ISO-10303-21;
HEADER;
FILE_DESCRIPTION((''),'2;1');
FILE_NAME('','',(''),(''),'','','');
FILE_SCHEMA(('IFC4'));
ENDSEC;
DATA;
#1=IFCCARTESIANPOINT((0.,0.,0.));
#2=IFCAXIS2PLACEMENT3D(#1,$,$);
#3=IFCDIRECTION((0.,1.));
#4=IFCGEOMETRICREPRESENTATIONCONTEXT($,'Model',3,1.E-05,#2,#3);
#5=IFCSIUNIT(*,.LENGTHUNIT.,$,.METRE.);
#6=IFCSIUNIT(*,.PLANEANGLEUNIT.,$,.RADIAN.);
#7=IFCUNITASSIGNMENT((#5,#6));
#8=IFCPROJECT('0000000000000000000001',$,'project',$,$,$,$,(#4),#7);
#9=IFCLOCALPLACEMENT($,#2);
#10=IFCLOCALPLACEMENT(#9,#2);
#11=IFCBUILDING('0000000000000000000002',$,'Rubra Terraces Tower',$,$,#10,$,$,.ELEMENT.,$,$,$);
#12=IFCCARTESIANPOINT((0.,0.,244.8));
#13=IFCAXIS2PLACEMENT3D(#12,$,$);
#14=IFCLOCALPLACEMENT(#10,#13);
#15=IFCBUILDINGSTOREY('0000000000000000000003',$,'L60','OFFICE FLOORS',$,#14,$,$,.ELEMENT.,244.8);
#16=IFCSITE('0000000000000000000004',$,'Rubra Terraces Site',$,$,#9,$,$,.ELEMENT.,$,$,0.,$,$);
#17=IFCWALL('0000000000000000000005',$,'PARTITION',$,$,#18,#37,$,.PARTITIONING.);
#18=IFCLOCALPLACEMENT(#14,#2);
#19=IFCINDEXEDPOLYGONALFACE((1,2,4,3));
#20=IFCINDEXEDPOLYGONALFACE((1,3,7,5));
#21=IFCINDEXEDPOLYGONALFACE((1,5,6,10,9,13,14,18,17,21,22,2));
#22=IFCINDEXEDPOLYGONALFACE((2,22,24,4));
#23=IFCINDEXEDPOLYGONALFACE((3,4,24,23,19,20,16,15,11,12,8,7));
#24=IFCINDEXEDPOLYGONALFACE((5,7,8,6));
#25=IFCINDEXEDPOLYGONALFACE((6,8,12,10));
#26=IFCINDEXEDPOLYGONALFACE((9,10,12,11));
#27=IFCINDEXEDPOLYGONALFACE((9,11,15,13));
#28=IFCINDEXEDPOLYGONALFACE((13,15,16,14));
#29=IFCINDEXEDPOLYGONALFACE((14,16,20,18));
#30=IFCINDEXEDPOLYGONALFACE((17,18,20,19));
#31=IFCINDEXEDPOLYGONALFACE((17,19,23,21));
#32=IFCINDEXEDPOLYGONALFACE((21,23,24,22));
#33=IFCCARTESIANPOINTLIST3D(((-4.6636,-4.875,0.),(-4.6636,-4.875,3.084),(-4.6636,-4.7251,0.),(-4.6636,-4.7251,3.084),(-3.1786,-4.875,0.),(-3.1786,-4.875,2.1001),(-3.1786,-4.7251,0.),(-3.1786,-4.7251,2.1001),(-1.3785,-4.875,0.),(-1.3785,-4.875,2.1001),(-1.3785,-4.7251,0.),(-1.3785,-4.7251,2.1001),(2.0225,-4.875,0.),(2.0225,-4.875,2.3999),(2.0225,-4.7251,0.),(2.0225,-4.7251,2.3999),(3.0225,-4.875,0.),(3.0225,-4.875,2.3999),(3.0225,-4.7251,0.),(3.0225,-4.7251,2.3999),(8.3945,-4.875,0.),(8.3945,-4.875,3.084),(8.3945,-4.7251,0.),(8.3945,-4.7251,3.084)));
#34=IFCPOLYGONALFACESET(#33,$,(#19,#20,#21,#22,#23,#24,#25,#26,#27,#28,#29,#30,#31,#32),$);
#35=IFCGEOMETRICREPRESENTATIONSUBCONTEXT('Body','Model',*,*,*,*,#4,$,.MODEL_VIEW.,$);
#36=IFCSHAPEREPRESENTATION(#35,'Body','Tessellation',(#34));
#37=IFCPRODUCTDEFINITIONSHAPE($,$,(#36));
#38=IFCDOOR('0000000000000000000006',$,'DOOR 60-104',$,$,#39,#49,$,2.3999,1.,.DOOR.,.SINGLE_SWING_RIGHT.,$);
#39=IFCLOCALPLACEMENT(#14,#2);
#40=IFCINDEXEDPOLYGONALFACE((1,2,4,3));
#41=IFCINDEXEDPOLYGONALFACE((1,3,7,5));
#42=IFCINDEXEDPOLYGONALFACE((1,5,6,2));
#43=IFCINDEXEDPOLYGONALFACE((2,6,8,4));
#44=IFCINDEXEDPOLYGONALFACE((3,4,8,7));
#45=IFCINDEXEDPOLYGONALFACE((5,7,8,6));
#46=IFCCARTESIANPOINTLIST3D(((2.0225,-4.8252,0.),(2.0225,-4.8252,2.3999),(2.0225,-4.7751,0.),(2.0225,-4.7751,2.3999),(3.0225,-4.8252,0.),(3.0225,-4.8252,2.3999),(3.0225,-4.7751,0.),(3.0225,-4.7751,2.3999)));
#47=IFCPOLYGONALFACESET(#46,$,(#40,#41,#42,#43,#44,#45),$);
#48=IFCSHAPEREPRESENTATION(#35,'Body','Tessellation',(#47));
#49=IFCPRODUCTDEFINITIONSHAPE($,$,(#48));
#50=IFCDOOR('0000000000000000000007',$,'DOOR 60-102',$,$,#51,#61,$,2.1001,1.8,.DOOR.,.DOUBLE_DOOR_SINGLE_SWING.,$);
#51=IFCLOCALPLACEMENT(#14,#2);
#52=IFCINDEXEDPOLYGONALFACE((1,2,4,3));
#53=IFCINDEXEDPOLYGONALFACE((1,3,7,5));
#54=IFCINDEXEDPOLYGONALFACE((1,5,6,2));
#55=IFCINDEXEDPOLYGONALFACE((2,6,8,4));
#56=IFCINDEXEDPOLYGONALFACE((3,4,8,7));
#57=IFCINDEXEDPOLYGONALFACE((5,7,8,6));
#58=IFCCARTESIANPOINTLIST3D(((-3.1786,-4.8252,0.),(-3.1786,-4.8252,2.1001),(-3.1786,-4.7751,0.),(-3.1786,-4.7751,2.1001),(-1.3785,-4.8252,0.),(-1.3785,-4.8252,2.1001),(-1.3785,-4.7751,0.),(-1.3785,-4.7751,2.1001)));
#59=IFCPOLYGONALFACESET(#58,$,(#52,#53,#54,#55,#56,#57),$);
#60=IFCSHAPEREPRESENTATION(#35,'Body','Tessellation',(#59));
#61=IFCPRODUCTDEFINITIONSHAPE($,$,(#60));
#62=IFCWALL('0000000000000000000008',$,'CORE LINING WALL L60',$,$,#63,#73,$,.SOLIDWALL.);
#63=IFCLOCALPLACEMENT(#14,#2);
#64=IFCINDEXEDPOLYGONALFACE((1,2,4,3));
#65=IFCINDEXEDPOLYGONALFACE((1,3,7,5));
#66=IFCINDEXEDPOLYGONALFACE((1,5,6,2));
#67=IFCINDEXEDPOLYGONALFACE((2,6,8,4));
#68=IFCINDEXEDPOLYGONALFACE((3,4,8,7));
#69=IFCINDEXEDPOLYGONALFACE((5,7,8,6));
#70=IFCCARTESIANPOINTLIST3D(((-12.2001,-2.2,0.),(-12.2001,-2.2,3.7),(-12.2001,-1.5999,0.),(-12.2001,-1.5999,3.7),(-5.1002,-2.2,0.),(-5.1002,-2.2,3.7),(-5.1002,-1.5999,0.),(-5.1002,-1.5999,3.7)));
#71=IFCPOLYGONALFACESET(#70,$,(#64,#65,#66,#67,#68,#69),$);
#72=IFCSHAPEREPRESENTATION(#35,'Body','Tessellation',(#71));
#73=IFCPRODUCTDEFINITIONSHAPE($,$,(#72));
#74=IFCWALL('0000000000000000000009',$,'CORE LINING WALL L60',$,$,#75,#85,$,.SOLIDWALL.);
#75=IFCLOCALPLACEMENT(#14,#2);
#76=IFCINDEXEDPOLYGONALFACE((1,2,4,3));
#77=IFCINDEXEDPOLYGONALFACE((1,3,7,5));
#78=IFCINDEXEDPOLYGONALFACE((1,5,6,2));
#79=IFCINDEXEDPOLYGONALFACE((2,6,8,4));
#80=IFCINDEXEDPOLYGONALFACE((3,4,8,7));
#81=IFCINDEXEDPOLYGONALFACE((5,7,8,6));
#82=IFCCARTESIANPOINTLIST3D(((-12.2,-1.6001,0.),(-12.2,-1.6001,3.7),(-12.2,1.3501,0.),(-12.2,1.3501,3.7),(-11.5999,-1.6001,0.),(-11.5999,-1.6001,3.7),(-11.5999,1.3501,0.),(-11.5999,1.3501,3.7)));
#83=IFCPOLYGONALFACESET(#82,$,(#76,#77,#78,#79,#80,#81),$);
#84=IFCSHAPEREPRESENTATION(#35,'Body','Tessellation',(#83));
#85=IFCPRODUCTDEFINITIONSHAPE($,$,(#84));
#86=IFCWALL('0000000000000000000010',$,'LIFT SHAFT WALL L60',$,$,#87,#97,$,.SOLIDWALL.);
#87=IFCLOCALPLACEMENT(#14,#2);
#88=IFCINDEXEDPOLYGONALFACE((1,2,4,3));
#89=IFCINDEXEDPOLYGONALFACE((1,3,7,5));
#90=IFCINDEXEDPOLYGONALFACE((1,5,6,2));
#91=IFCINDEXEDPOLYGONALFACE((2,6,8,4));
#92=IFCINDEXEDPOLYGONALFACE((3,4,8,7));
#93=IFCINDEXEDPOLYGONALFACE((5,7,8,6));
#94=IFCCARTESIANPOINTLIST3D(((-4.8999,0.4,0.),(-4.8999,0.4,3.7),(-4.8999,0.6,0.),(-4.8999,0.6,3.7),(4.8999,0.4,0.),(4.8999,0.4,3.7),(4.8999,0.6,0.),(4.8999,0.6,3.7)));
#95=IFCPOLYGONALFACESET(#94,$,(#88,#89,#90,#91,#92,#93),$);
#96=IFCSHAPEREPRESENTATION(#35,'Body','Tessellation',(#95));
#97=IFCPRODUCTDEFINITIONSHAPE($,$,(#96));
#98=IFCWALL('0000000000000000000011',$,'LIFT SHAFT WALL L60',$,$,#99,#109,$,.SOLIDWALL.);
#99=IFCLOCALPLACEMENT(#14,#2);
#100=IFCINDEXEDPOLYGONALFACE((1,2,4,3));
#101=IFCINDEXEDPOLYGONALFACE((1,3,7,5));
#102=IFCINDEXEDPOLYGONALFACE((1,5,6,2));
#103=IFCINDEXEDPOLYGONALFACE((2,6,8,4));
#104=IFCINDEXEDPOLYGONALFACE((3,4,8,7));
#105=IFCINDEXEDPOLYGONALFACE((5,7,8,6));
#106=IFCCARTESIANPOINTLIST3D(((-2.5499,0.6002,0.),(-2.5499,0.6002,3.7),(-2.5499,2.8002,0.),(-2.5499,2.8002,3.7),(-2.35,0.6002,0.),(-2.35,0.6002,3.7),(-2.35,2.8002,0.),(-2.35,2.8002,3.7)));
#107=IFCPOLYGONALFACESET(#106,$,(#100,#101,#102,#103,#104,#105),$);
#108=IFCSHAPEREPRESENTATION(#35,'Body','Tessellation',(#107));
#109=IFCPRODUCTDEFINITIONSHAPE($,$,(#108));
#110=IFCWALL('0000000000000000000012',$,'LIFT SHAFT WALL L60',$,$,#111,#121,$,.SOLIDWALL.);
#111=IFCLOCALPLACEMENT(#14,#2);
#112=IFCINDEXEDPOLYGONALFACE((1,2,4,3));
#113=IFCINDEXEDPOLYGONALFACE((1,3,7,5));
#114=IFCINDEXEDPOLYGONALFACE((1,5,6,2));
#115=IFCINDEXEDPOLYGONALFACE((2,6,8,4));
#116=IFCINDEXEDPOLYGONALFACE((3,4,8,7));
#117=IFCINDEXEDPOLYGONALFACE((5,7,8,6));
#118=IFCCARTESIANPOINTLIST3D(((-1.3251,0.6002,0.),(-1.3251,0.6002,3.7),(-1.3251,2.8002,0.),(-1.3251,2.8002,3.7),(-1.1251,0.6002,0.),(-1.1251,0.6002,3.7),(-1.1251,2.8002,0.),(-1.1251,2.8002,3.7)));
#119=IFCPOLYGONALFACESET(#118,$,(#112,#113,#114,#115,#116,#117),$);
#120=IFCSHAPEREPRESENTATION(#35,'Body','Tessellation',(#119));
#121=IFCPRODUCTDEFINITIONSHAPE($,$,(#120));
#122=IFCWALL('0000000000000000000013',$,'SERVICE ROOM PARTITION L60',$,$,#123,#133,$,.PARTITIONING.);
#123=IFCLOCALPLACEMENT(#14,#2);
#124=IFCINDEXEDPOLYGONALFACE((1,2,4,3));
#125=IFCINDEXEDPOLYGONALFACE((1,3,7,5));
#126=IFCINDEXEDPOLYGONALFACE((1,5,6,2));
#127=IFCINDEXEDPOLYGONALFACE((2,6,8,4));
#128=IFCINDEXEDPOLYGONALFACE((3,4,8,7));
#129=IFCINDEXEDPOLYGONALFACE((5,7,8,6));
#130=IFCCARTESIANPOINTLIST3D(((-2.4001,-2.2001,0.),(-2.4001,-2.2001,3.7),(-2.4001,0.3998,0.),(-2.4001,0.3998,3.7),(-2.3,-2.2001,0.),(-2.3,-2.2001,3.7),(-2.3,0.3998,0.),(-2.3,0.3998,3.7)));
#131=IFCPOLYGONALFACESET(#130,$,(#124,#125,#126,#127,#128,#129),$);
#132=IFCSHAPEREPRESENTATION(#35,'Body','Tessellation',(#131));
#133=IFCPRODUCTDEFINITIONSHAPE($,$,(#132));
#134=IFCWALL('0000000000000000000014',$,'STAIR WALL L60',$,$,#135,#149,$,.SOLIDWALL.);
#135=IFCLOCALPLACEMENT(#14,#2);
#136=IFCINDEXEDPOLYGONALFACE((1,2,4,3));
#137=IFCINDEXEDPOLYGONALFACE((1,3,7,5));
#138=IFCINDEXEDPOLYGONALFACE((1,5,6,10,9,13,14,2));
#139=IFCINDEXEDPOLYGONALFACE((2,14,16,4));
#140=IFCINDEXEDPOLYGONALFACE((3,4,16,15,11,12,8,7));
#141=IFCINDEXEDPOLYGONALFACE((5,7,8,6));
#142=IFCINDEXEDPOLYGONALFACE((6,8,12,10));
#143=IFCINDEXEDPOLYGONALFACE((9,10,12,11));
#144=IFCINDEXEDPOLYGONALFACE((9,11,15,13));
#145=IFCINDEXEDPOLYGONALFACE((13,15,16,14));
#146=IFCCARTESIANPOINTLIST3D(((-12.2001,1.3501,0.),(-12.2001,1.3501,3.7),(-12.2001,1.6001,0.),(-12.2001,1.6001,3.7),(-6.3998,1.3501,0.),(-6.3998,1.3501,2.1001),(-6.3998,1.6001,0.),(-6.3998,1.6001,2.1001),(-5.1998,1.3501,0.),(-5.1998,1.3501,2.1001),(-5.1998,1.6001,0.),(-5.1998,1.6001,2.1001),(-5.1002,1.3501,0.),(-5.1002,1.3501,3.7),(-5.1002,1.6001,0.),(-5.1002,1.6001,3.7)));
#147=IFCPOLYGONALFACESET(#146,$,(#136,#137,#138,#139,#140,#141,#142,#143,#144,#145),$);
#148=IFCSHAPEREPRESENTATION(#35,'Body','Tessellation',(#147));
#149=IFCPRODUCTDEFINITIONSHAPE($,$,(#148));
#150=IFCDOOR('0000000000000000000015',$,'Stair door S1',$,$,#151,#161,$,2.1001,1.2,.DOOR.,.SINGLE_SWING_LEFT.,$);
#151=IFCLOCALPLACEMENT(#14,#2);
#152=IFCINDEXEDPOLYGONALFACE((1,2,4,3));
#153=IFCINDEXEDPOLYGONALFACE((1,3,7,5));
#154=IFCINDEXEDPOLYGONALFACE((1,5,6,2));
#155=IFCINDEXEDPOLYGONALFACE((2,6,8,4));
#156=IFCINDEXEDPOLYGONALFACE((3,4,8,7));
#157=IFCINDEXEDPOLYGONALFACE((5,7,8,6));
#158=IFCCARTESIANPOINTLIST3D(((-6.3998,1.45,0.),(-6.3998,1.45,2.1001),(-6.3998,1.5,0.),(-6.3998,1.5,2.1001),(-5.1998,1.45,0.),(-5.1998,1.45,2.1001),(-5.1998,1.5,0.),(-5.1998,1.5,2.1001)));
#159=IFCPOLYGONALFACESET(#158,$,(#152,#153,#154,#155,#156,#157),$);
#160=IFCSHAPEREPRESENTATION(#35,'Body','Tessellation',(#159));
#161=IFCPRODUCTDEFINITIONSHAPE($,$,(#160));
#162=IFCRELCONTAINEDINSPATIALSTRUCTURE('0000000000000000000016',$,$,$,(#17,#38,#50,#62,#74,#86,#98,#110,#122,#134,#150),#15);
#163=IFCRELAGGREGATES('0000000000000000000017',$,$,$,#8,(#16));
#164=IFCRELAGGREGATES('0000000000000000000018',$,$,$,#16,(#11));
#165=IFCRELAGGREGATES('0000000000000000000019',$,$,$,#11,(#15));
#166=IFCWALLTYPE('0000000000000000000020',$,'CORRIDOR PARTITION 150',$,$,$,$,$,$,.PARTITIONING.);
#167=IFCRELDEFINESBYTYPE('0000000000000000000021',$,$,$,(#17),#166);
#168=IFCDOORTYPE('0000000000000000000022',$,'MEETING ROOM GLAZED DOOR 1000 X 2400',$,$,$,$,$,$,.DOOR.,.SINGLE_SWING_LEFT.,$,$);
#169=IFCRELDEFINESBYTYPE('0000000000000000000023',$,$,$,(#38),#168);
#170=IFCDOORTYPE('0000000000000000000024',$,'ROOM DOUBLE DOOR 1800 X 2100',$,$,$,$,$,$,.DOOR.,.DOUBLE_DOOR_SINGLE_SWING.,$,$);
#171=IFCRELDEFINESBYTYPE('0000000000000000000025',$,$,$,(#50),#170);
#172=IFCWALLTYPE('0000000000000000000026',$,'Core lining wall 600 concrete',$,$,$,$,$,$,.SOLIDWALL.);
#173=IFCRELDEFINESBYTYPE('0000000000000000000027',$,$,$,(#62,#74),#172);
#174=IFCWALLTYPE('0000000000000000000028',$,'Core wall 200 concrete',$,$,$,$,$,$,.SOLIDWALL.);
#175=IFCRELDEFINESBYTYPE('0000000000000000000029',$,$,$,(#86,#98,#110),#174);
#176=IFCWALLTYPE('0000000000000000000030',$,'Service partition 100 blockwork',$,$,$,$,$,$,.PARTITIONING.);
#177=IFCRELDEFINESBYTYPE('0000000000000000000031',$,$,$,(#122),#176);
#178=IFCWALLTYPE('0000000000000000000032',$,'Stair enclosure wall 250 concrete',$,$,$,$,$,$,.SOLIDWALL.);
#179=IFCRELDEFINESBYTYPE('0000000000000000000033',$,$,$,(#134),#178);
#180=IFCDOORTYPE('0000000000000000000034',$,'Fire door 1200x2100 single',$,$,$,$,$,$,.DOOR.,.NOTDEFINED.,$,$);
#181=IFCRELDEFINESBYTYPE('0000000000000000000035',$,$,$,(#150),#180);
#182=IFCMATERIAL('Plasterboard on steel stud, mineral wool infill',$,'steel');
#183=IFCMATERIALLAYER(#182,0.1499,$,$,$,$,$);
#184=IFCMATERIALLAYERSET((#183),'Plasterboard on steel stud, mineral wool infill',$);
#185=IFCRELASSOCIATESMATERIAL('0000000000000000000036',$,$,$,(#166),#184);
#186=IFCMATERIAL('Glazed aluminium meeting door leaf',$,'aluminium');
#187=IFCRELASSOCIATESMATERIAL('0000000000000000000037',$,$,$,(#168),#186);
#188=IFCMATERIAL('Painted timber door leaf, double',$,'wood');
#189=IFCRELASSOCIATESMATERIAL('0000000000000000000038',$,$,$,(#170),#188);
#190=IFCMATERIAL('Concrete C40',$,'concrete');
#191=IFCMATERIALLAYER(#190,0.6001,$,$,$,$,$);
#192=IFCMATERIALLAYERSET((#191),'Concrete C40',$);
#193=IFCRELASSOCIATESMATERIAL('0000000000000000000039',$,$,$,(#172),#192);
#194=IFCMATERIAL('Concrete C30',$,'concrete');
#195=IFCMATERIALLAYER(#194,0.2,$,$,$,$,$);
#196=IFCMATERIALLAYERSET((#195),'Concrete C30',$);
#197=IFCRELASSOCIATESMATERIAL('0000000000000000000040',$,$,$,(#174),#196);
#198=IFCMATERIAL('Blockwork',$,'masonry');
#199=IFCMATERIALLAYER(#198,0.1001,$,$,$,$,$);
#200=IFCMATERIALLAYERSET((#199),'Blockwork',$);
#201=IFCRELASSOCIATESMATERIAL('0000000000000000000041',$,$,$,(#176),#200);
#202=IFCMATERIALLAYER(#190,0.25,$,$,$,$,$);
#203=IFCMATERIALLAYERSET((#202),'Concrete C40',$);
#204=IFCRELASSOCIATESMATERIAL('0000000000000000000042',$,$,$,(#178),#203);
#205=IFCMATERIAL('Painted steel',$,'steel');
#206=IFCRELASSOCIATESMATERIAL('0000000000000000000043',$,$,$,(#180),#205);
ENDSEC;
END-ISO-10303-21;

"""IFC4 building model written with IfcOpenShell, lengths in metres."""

from ifc_helpers import new_model, si_unit, direction, frame, frame_2d, origin, place, context, subcontext, project, spatial, rectangle, extrude, material, layer, layer_set, type_object, element, fill, save


model = new_model("IFC4")

# Units and contexts
model_context = context("Model", 3, precision=1e-05, world=origin(), true_north=direction((0.0, 1.0)))
body_context = subcontext(model_context, "Body", "Model", "MODEL_VIEW")
ifc_project = project(units=[si_unit("LENGTHUNIT", "METRE"), si_unit("PLANEANGLEUNIT", "RADIAN")], contexts=[model_context])

# Site, building, storey
site_placement = place(None, origin())
site = spatial("IfcSite", under=ifc_project, at=site_placement, Name="Rubra Terraces Site", CompositionType="ELEMENT", RefElevation=0.0)
building_placement = place(site_placement, origin())
building = spatial("IfcBuilding", under=site, at=building_placement, Name="Rubra Terraces Tower", CompositionType="ELEMENT")
storey_placement = place(building_placement, frame((0.0, 0.0, 244.8)))
storey = spatial("IfcBuildingStorey", under=building, at=storey_placement, Name="L60", Description="OFFICE FLOORS", CompositionType="ELEMENT", Elevation=244.8)

# Shared definitions
ifc_material_1 = material(Name="Concrete C40", Category="concrete")

# Shared definitions
ifc_material_2 = material(Name="Painted steel", Category="steel")

# Wall, openings, doors
ifc_material_3 = material(Name="Plasterboard on steel stud, mineral wool infill", Category="steel")
ifc_layer_1 = layer(ifc_material_3, 0.1499)
ifc_layer_set_1 = layer_set([ifc_layer_1], Name="Plasterboard on steel stud, mineral wool infill")
wall_type_1 = type_object("IfcWallType", Name="CORRIDOR PARTITION 150", PredefinedType="PARTITIONING", material=ifc_layer_set_1)
wall_1_placement = place(storey_placement, frame((-4.6636, -4.8, 0.0), z_axis=(0.0, 0.0, 1.0), x_axis=(1.0, 0.0, 0.0)))
wall_1 = element("IfcWall", 1, at=wall_1_placement, inside=storey, type_object=wall_type_1, Name="PARTITION", PredefinedType="PARTITIONING", context=body_context, shape_type="SweptSolid", body=[
    extrude(rectangle(XDim=13.0581, YDim=0.1499, at=frame_2d((6.5291, 0.0))), origin(), (0.0, 0.0, 1.0), 3.084),
])
opening_1_placement = place(wall_1_placement, frame((1.4851, 0.0, 0.0)))
opening_1 = element("IfcOpeningElement", 2, at=opening_1_placement, cuts=wall_1, PredefinedType="OPENING", context=body_context, shape_type="SweptSolid", body=[
    extrude(rectangle(XDim=1.8, YDim=2.1001, at=frame_2d((0.8999, 1.05))), frame((0.0, 0.085, 0.0), z_axis=(0.0, -1.0, 0.0), x_axis=(1.0, 0.0, 0.0)), (0.0, 0.0, 1.0), 0.1699),
])
opening_2_placement = place(wall_1_placement, frame((6.686, 0.0, 0.0)))
opening_2 = element("IfcOpeningElement", 3, at=opening_2_placement, cuts=wall_1, PredefinedType="OPENING", context=body_context, shape_type="SweptSolid", body=[
    extrude(rectangle(XDim=1.0, YDim=2.3999, at=frame_2d((0.5, 1.2))), frame((0.0, 0.085, 0.0), z_axis=(0.0, -1.0, 0.0), x_axis=(1.0, 0.0, 0.0)), (0.0, 0.0, 1.0), 0.1699),
])
ifc_material_4 = material(Name="Glazed aluminium meeting door leaf", Category="aluminium")
door_type_1 = type_object("IfcDoorType", Name="MEETING ROOM GLAZED DOOR 1000 X 2400", OperationType="SINGLE_SWING_LEFT", PredefinedType="DOOR", material=ifc_material_4)
door_1_placement = place(opening_2_placement, origin())
door_1 = element("IfcDoor", 4, at=door_1_placement, inside=storey, type_object=door_type_1, Name="DOOR 60-104", OperationType="SINGLE_SWING_RIGHT", OverallHeight=2.3999, OverallWidth=1.0, PredefinedType="DOOR", context=body_context, shape_type="SweptSolid", body=[
    extrude(rectangle(XDim=1.0, YDim=2.3999, at=frame_2d((0.5, 1.2))), frame((0.0, 0.0249, 0.0), z_axis=(0.0, -1.0, 0.0), x_axis=(1.0, 0.0, 0.0)), (0.0, 0.0, 1.0), 0.05),
])
fill(opening_2, door_1)
ifc_material_5 = material(Name="Painted timber door leaf, double", Category="wood")
door_type_2 = type_object("IfcDoorType", Name="ROOM DOUBLE DOOR 1800 X 2100", OperationType="DOUBLE_DOOR_SINGLE_SWING", PredefinedType="DOOR", material=ifc_material_5)
door_2_placement = place(opening_1_placement, origin())
door_2 = element("IfcDoor", 5, at=door_2_placement, inside=storey, type_object=door_type_2, Name="DOOR 60-102", OperationType="DOUBLE_DOOR_SINGLE_SWING", OverallHeight=2.1001, OverallWidth=1.8, PredefinedType="DOOR", context=body_context, shape_type="SweptSolid", body=[
    extrude(rectangle(XDim=1.8, YDim=2.1001, at=frame_2d((0.8999, 1.05))), frame((0.0, 0.0249, 0.0), z_axis=(0.0, -1.0, 0.0), x_axis=(1.0, 0.0, 0.0)), (0.0, 0.0, 1.0), 0.05),
])
fill(opening_1, door_2)

# Walls
ifc_layer_2 = layer(ifc_material_1, 0.6001)
ifc_layer_set_2 = layer_set([ifc_layer_2], Name="Concrete C40")
wall_type_2 = type_object("IfcWallType", Name="Core lining wall 600 concrete", PredefinedType="SOLIDWALL", material=ifc_layer_set_2)
wall_2_placement = place(storey_placement, frame((-12.2, -1.8999, 0.0), z_axis=(0.0, 0.0, 1.0), x_axis=(1.0, 0.0, 0.0)))
element("IfcWall", 6, at=wall_2_placement, inside=storey, type_object=wall_type_2, Name="CORE LINING WALL L60", PredefinedType="SOLIDWALL", context=body_context, shape_type="SweptSolid", body=[
    extrude(rectangle(XDim=7.0999, YDim=0.6001, at=frame_2d((3.5498, 0.0))), origin(), (0.0, 0.0, 1.0), 3.7),
])
wall_3_placement = place(storey_placement, frame((-11.8999, -1.6001, 0.0), z_axis=(0.0, 0.0, 1.0), x_axis=(0.0, 1.0, 0.0)))
element("IfcWall", 7, at=wall_3_placement, inside=storey, type_object=wall_type_2, Name="CORE LINING WALL L60", PredefinedType="SOLIDWALL", context=body_context, shape_type="SweptSolid", body=[
    extrude(rectangle(XDim=2.9502, YDim=0.6001, at=frame_2d((1.4751, 0.0))), origin(), (0.0, 0.0, 1.0), 3.7),
])
ifc_material_6 = material(Name="Concrete C30", Category="concrete")
ifc_layer_3 = layer(ifc_material_6, 0.2)
ifc_layer_set_3 = layer_set([ifc_layer_3], Name="Concrete C30")
wall_type_3 = type_object("IfcWallType", Name="Core wall 200 concrete", PredefinedType="SOLIDWALL", material=ifc_layer_set_3)
wall_4_placement = place(storey_placement, frame((-4.8999, 0.5, 0.0), z_axis=(0.0, 0.0, 1.0), x_axis=(1.0, 0.0, 0.0)))
element("IfcWall", 8, at=wall_4_placement, inside=storey, type_object=wall_type_3, Name="LIFT SHAFT WALL L60", PredefinedType="SOLIDWALL", context=body_context, shape_type="SweptSolid", body=[
    extrude(rectangle(XDim=9.7998, YDim=0.2, at=frame_2d((4.8999, 0.0))), origin(), (0.0, 0.0, 1.0), 3.7),
])
for number, where, z_axis, x_axis, name in (
    (9, (-2.45, 0.6001, 0.0), (0.0, 0.0, 1.0), (0.0, 1.0, 0.0), "LIFT SHAFT WALL L60"),
    (10, (-1.2251, 0.6001, 0.0), (0.0, 0.0, 1.0), (0.0, 1.0, 0.0), "LIFT SHAFT WALL L60"),
):
    element("IfcWall", number, at=place(storey_placement, frame(where, z_axis=z_axis, x_axis=x_axis)), inside=storey, type_object=wall_type_3, Name=name, PredefinedType="SOLIDWALL", context=body_context, shape_type="SweptSolid", body=[
        extrude(rectangle(XDim=2.2, YDim=0.2, at=frame_2d((1.1001, 0.0))), origin(), (0.0, 0.0, 1.0), 3.7),
    ])
ifc_material_7 = material(Name="Blockwork", Category="masonry")
ifc_layer_4 = layer(ifc_material_7, 0.1001)
ifc_layer_set_4 = layer_set([ifc_layer_4], Name="Blockwork")
wall_type_4 = type_object("IfcWallType", Name="Service partition 100 blockwork", PredefinedType="PARTITIONING", material=ifc_layer_set_4)
wall_5_placement = place(storey_placement, frame((-2.3501, -2.2, 0.0), z_axis=(0.0, 0.0, 1.0), x_axis=(0.0, 1.0, 0.0)))
element("IfcWall", 11, at=wall_5_placement, inside=storey, type_object=wall_type_4, Name="SERVICE ROOM PARTITION L60", PredefinedType="PARTITIONING", context=body_context, shape_type="SweptSolid", body=[
    extrude(rectangle(XDim=2.5999, YDim=0.1001, at=frame_2d((1.2998, 0.0))), origin(), (0.0, 0.0, 1.0), 3.7),
])

# Wall, opening, door
ifc_layer_5 = layer(ifc_material_1, 0.25)
ifc_layer_set_5 = layer_set([ifc_layer_5], Name="Concrete C40")
wall_type_5 = type_object("IfcWallType", Name="Stair enclosure wall 250 concrete", PredefinedType="SOLIDWALL", material=ifc_layer_set_5)
wall_6_placement = place(storey_placement, frame((-12.2, 1.4751, 0.0), z_axis=(0.0, 0.0, 1.0), x_axis=(1.0, 0.0, 0.0)))
wall_6 = element("IfcWall", 12, at=wall_6_placement, inside=storey, type_object=wall_type_5, Name="STAIR WALL L60", PredefinedType="SOLIDWALL", context=body_context, shape_type="SweptSolid", body=[
    extrude(rectangle(XDim=7.0999, YDim=0.25, at=frame_2d((3.5498, 0.0))), origin(), (0.0, 0.0, 1.0), 3.7),
])
opening_3_placement = place(wall_6_placement, frame((5.8, 0.0, 0.0)))
opening_3 = element("IfcOpeningElement", 13, at=opening_3_placement, cuts=wall_6, PredefinedType="OPENING", context=body_context, shape_type="SweptSolid", body=[
    extrude(rectangle(XDim=1.2, YDim=2.1001, at=frame_2d((0.6001, 1.05))), frame((0.0, 0.135, 0.0), z_axis=(0.0, -1.0, 0.0), x_axis=(1.0, 0.0, 0.0)), (0.0, 0.0, 1.0), 0.27),
])
door_type_3 = type_object("IfcDoorType", Name="Fire door 1200x2100 single", OperationType="NOTDEFINED", PredefinedType="DOOR", material=ifc_material_2)
door_3_placement = place(opening_3_placement, origin())
door_3 = element("IfcDoor", 14, at=door_3_placement, inside=storey, type_object=door_type_3, Name="Stair door S1", OperationType="SINGLE_SWING_LEFT", OverallHeight=2.1001, OverallWidth=1.2, PredefinedType="DOOR", context=body_context, shape_type="SweptSolid", body=[
    extrude(rectangle(XDim=1.2, YDim=2.1001, at=frame_2d((0.6001, 1.05))), frame((0.0, 0.0249, 0.0), z_axis=(0.0, -1.0, 0.0), x_axis=(1.0, 0.0, 0.0)), (0.0, 0.0, 1.0), 0.05),
])
fill(opening_3, door_3)

save(model, "model.ifc")
